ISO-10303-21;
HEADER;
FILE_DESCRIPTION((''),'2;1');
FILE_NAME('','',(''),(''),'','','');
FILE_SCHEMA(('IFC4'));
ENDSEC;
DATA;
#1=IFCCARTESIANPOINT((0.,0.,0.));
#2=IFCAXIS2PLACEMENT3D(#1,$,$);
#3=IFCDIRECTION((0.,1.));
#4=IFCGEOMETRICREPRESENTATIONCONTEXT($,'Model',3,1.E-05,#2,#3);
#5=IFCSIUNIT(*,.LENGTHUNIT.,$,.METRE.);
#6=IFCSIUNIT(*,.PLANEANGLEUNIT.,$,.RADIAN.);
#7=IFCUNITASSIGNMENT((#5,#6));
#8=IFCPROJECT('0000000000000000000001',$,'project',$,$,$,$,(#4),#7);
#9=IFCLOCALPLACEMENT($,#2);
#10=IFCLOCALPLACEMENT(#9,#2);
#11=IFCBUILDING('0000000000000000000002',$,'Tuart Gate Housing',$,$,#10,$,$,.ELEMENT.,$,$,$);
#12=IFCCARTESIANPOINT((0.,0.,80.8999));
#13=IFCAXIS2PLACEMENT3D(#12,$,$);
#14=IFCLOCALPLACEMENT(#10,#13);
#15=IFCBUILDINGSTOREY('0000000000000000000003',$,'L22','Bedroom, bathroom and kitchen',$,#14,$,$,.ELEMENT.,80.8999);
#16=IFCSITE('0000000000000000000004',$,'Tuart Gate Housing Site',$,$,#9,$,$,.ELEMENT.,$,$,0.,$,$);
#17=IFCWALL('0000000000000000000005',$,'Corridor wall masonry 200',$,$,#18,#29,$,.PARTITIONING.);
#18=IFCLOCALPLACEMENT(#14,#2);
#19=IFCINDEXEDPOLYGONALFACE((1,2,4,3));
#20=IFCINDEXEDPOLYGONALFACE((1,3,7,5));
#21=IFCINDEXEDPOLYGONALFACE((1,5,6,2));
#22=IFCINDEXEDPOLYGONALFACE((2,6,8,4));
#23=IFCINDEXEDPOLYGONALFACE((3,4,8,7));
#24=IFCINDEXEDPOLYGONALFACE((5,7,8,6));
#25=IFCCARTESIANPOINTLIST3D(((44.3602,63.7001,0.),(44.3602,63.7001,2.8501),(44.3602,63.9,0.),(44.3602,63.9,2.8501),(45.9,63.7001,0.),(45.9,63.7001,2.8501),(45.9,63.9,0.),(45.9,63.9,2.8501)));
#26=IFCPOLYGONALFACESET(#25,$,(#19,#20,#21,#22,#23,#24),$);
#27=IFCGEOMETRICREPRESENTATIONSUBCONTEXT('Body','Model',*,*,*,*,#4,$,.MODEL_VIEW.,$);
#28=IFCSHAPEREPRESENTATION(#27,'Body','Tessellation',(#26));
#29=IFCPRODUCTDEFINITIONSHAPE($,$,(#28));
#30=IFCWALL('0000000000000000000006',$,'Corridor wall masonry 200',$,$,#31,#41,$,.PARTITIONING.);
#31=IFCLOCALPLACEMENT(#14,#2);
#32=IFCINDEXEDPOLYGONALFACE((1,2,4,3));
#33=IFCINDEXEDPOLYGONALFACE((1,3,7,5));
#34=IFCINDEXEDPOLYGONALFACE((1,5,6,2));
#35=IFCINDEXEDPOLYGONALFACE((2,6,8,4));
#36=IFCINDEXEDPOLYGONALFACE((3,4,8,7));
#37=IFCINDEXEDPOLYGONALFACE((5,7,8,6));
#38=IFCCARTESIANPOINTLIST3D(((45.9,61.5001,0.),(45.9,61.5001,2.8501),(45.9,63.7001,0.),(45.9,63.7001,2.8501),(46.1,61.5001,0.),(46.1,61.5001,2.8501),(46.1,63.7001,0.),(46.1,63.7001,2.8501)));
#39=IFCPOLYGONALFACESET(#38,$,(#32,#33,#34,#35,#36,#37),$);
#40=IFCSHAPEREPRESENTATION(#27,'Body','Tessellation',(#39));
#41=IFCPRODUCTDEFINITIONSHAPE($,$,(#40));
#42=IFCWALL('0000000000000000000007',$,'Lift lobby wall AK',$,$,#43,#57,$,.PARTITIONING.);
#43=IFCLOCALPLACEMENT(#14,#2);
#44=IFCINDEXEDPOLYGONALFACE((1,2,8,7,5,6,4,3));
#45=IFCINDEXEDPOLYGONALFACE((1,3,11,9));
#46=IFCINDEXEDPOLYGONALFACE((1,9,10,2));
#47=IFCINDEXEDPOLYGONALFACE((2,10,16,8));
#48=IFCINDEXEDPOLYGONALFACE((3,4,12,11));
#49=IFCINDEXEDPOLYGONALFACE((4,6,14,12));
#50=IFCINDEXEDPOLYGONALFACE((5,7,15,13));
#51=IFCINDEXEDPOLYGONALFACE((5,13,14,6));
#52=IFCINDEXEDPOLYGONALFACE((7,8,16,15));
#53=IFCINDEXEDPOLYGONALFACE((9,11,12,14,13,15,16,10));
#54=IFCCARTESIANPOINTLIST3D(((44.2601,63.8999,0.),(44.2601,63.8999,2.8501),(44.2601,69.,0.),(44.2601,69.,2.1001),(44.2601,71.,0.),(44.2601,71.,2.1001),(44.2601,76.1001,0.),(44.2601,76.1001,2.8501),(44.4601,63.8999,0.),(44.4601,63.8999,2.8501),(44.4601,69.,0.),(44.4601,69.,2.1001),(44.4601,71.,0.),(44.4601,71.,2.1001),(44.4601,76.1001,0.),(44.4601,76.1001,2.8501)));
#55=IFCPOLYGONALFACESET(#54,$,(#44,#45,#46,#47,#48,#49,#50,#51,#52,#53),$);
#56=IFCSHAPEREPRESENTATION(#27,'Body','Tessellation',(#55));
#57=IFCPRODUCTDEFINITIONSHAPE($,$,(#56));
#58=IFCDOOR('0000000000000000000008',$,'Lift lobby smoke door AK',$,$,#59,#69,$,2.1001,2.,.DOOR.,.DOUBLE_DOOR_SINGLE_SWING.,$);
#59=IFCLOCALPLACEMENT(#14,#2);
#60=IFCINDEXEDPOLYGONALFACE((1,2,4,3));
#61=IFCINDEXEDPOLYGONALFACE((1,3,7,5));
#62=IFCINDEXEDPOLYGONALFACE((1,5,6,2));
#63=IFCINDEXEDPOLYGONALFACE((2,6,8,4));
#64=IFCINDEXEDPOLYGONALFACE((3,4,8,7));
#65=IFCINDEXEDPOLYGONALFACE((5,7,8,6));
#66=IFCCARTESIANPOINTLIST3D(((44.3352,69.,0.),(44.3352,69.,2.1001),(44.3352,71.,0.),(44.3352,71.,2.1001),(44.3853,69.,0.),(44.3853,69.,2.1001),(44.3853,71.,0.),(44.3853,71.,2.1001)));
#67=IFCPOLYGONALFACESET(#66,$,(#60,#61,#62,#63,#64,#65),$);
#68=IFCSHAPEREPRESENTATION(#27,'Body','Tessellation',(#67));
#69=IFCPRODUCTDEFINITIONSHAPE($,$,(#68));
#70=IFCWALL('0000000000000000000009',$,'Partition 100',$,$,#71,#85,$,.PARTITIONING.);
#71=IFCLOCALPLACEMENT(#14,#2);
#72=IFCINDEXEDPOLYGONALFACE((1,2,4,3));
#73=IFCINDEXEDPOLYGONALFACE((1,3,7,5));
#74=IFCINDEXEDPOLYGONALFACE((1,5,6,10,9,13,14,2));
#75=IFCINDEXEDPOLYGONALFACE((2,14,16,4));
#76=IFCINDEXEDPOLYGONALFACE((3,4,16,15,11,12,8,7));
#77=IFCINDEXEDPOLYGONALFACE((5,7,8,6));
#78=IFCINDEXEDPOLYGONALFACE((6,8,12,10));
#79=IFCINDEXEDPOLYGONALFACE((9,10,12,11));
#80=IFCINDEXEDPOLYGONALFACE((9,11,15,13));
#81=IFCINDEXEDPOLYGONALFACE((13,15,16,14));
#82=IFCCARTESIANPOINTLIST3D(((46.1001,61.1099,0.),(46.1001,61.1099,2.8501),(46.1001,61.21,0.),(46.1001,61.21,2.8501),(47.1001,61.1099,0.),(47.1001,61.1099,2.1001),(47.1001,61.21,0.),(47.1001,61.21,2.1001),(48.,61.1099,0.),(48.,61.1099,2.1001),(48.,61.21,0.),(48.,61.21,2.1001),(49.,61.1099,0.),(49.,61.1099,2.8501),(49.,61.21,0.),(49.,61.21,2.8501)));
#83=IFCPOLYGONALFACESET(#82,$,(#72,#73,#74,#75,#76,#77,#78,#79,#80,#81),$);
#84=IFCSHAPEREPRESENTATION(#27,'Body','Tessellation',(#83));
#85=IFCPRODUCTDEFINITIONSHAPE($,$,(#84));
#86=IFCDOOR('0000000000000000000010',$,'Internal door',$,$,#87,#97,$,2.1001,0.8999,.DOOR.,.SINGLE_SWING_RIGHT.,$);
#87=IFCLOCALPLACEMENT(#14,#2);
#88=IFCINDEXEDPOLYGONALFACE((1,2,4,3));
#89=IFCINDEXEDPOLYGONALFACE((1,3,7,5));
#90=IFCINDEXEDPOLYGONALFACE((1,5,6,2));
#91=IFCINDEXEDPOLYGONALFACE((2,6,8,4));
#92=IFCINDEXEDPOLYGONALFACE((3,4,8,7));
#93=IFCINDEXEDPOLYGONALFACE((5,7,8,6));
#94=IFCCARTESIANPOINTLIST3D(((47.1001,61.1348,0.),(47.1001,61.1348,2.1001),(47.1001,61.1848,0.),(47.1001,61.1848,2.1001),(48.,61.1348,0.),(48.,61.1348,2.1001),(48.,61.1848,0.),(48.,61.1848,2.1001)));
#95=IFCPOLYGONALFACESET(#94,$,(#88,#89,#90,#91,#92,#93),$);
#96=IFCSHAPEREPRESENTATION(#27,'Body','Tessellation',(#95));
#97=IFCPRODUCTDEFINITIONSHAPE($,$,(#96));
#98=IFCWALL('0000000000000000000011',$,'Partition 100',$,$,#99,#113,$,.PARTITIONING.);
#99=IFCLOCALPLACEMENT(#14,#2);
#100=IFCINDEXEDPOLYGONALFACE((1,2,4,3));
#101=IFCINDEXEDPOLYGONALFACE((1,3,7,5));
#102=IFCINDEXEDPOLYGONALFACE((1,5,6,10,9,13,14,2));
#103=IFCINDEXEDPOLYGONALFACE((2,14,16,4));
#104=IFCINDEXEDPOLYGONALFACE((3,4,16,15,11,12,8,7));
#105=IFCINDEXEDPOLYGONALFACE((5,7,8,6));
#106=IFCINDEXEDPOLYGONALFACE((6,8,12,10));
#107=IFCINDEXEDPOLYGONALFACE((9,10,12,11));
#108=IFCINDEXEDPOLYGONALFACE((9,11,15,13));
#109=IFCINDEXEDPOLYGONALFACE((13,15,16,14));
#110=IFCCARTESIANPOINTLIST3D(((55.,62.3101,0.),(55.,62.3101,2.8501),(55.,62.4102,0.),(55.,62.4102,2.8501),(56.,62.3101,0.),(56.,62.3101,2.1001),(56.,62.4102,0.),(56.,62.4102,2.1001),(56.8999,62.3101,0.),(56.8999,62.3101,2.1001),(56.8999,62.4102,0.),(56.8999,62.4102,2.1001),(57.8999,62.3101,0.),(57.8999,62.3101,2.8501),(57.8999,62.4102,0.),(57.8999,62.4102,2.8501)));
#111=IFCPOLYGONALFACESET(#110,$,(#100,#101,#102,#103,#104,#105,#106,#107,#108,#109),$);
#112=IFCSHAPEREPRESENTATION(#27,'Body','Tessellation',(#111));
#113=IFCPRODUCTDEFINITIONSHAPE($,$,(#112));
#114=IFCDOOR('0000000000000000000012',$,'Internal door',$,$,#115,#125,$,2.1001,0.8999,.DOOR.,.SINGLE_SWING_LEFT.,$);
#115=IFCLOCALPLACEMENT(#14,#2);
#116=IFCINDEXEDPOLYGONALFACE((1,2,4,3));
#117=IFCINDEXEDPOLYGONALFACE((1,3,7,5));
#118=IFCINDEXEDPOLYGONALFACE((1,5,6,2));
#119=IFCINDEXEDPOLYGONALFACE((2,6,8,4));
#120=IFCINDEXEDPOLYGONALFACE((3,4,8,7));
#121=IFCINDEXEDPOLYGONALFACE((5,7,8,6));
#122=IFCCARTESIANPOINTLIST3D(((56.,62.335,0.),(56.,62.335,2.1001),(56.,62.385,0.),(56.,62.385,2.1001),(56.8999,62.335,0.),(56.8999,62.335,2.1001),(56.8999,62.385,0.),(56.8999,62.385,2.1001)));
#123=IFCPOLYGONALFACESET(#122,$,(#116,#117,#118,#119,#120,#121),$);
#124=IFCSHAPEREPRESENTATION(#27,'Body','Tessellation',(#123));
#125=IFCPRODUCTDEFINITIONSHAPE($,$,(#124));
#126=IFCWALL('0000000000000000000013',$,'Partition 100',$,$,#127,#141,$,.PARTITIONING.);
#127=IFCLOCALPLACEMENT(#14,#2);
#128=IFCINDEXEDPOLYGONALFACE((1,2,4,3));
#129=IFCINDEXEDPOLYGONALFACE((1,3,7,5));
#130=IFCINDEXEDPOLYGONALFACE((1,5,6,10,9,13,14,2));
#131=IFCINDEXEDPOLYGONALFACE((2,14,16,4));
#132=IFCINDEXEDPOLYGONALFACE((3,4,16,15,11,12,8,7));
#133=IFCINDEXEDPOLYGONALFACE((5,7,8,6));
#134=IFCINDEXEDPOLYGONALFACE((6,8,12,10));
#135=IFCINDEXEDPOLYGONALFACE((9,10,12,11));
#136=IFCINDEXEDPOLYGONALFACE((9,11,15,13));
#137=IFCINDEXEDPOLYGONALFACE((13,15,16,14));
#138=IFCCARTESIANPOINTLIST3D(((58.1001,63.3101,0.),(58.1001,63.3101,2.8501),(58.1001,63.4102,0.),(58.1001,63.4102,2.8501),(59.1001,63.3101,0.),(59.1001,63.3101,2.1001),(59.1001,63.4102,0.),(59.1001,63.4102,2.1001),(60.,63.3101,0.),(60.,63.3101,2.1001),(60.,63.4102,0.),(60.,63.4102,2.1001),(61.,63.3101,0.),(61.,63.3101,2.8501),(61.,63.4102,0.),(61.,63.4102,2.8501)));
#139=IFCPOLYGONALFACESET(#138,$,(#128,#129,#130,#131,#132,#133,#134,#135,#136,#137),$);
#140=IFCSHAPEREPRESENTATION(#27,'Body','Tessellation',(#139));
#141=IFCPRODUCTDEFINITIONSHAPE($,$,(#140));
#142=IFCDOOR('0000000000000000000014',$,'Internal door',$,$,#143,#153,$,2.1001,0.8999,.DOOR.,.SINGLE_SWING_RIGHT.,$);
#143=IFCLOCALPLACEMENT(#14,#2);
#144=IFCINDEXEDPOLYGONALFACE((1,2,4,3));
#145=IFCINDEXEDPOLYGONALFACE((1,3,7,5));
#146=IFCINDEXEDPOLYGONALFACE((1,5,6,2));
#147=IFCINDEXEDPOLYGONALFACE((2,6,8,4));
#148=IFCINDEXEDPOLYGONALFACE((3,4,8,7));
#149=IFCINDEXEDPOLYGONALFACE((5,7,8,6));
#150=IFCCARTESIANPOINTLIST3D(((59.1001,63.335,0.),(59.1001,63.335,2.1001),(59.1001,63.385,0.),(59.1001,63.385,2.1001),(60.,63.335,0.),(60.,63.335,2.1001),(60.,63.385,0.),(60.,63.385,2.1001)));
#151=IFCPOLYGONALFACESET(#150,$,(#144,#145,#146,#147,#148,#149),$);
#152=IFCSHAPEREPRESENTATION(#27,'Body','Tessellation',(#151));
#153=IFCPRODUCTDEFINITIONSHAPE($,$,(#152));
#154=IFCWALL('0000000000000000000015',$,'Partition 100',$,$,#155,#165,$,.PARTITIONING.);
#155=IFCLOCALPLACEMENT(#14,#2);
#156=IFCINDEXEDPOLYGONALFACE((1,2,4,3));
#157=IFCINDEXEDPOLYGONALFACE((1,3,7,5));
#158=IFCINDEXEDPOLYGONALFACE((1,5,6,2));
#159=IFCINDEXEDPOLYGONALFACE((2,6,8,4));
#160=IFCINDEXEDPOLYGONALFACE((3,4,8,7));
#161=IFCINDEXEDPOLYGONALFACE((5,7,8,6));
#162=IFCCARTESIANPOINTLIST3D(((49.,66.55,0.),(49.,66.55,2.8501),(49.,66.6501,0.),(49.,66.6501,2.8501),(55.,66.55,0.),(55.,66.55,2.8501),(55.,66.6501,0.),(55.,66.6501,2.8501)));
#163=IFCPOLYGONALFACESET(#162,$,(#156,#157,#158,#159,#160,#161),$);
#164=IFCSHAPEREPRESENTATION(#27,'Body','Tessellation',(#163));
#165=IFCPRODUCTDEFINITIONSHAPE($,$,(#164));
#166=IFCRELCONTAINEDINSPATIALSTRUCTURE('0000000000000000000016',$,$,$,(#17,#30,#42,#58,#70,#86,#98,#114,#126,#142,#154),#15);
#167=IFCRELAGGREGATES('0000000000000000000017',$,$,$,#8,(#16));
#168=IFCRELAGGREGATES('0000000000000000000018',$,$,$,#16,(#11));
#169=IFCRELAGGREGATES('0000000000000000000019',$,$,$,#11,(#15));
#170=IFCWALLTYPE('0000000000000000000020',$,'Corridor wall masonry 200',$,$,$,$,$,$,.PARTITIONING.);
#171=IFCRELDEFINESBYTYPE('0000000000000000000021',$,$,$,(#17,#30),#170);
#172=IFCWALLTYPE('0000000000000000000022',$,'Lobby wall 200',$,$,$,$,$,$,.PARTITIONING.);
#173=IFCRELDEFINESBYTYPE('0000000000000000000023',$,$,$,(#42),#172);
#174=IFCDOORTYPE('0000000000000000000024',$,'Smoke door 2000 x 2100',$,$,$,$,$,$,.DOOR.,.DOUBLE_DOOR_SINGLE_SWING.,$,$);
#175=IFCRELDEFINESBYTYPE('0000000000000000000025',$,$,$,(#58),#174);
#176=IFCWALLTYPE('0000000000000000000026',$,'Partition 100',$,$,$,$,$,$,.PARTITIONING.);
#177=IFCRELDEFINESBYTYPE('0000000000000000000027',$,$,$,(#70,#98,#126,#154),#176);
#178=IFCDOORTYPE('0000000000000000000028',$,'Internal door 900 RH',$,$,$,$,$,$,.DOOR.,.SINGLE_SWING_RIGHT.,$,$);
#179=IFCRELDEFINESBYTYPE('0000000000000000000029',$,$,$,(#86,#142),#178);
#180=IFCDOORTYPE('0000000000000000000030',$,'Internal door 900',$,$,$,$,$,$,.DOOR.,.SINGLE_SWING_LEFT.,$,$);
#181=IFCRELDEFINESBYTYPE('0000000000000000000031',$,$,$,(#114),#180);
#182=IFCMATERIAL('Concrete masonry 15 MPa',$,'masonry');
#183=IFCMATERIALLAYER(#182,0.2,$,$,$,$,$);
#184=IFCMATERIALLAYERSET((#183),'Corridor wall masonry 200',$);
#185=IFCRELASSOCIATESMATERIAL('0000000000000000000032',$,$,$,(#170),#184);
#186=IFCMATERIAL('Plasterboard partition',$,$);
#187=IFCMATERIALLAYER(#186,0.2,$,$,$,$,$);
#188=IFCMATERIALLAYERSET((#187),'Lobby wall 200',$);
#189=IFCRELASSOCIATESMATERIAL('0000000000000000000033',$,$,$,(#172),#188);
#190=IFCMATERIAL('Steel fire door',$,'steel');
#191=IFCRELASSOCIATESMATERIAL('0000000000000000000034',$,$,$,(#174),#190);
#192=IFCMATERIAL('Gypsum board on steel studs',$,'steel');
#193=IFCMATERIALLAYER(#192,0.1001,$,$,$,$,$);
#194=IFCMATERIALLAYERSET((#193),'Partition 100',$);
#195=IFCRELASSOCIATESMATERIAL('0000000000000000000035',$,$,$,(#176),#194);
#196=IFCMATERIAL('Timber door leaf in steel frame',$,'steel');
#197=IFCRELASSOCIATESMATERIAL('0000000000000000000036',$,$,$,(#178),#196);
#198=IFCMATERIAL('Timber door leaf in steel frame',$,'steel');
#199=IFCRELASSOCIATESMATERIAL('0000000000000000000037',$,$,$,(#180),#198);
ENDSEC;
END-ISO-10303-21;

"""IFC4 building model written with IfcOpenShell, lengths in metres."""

from ifc_helpers import new_model, si_unit, direction, frame, frame_2d, origin, place, context, subcontext, project, spatial, rectangle, extrude, material, layer, layer_set, type_object, element, fill, save


model = new_model("IFC4")

# Units and contexts
model_context = context("Model", 3, precision=1e-05, world=origin(), true_north=direction((0.0, 1.0)))
body_context = subcontext(model_context, "Body", "Model", "MODEL_VIEW")
ifc_project = project(units=[si_unit("LENGTHUNIT", "METRE"), si_unit("PLANEANGLEUNIT", "RADIAN")], contexts=[model_context])

# Site, building, storey
site_placement = place(None, origin())
site = spatial("IfcSite", under=ifc_project, at=site_placement, Name="Tuart Gate Housing Site", CompositionType="ELEMENT", RefElevation=0.0)
building_placement = place(site_placement, origin())
building = spatial("IfcBuilding", under=site, at=building_placement, Name="Tuart Gate Housing", CompositionType="ELEMENT")
storey_placement = place(building_placement, frame((0.0, 0.0, 80.8999)))
storey = spatial("IfcBuildingStorey", under=building, at=storey_placement, Name="L22", Description="Bedroom, bathroom and kitchen", CompositionType="ELEMENT", Elevation=80.8999)

# Walls
ifc_material_1 = material(Name="Concrete masonry 15 MPa", Category="masonry")
ifc_layer_1 = layer(ifc_material_1, 0.2)
ifc_layer_set_1 = layer_set([ifc_layer_1], Name="Corridor wall masonry 200")
wall_type_1 = type_object("IfcWallType", Name="Corridor wall masonry 200", PredefinedType="PARTITIONING", material=ifc_layer_set_1)
wall_1_placement = place(storey_placement, frame((44.3601, 63.8, 0.0), z_axis=(0.0, 0.0, 1.0), x_axis=(1.0, 0.0, 0.0)))
element("IfcWall", 1, at=wall_1_placement, inside=storey, type_object=wall_type_1, Name="Corridor wall masonry 200", PredefinedType="PARTITIONING", context=body_context, shape_type="SweptSolid", body=[
    extrude(rectangle(XDim=1.5398, YDim=0.2, at=frame_2d((0.77, 0.0))), origin(), (0.0, 0.0, 1.0), 2.8501),
])
wall_2_placement = place(storey_placement, frame((46.0, 61.5, 0.0), z_axis=(0.0, 0.0, 1.0), x_axis=(0.0, 1.0, 0.0)))
element("IfcWall", 2, at=wall_2_placement, inside=storey, type_object=wall_type_1, Name="Corridor wall masonry 200", PredefinedType="PARTITIONING", context=body_context, shape_type="SweptSolid", body=[
    extrude(rectangle(XDim=2.2, YDim=0.2, at=frame_2d((1.1001, 0.0))), origin(), (0.0, 0.0, 1.0), 2.8501),
])

# Walls, openings, doors
ifc_material_2 = material(Name="Plasterboard partition")
ifc_layer_2 = layer(ifc_material_2, 0.2)
ifc_layer_set_2 = layer_set([ifc_layer_2], Name="Lobby wall 200")
wall_type_2 = type_object("IfcWallType", Name="Lobby wall 200", PredefinedType="PARTITIONING", material=ifc_layer_set_2)
wall_3_placement = place(storey_placement, frame((44.3601, 63.8999, 0.0), z_axis=(0.0, 0.0, 1.0), x_axis=(0.0, 1.0, 0.0)))
wall_3 = element("IfcWall", 3, at=wall_3_placement, inside=storey, type_object=wall_type_2, Name="Lift lobby wall AK", PredefinedType="PARTITIONING", context=body_context, shape_type="SweptSolid", body=[
    extrude(rectangle(XDim=12.2002, YDim=0.2, at=frame_2d((6.1001, 0.0))), origin(), (0.0, 0.0, 1.0), 2.8501),
])
opening_1_placement = place(wall_3_placement, frame((5.1001, 0.0, 0.0)))
opening_1 = element("IfcOpeningElement", 4, at=opening_1_placement, cuts=wall_3, PredefinedType="OPENING", context=body_context, shape_type="SweptSolid", body=[
    extrude(rectangle(XDim=2.0, YDim=2.1001, at=frame_2d((1.0, 1.05))), frame((0.0, 0.1099, 0.0), z_axis=(0.0, -1.0, 0.0), x_axis=(1.0, 0.0, 0.0)), (0.0, 0.0, 1.0), 0.22),
])
ifc_material_3 = material(Name="Steel fire door", Category="steel")
door_type_1 = type_object("IfcDoorType", Name="Smoke door 2000 x 2100", OperationType="DOUBLE_DOOR_SINGLE_SWING", PredefinedType="DOOR", material=ifc_material_3)
door_1_placement = place(opening_1_placement, origin())
door_1 = element("IfcDoor", 5, at=door_1_placement, inside=storey, type_object=door_type_1, Name="Lift lobby smoke door AK", OperationType="DOUBLE_DOOR_SINGLE_SWING", OverallHeight=2.1001, OverallWidth=2.0, PredefinedType="DOOR", context=body_context, shape_type="SweptSolid", body=[
    extrude(rectangle(XDim=2.0, YDim=2.1001, at=frame_2d((1.0, 1.05))), frame((0.0, 0.0249, 0.0), z_axis=(0.0, -1.0, 0.0), x_axis=(1.0, 0.0, 0.0)), (0.0, 0.0, 1.0), 0.05),
])
fill(opening_1, door_1)
ifc_material_4 = material(Name="Gypsum board on steel studs", Category="steel")
ifc_layer_3 = layer(ifc_material_4, 0.1001)
ifc_layer_set_3 = layer_set([ifc_layer_3], Name="Partition 100")
wall_type_3 = type_object("IfcWallType", Name="Partition 100", PredefinedType="PARTITIONING", material=ifc_layer_set_3)
wall_4_placement = place(storey_placement, frame((46.1001, 61.1599, 0.0), z_axis=(0.0, 0.0, 1.0), x_axis=(1.0, 0.0, 0.0)))
wall_4 = element("IfcWall", 6, at=wall_4_placement, inside=storey, type_object=wall_type_3, Name="Partition 100", PredefinedType="PARTITIONING", context=body_context, shape_type="SweptSolid", body=[
    extrude(rectangle(XDim=2.8999, YDim=0.1001, at=frame_2d((1.45, 0.0))), origin(), (0.0, 0.0, 1.0), 2.8501),
])
opening_2_placement = place(wall_4_placement, frame((1.0, 0.0, 0.0)))
opening_2 = element("IfcOpeningElement", 7, at=opening_2_placement, cuts=wall_4, PredefinedType="OPENING", context=body_context, shape_type="SweptSolid", body=[
    extrude(rectangle(XDim=0.8999, YDim=2.1001, at=frame_2d((0.45, 1.05))), frame((0.0, 0.0601, 0.0), z_axis=(0.0, -1.0, 0.0), x_axis=(1.0, 0.0, 0.0)), (0.0, 0.0, 1.0), 0.1201),
])
ifc_material_5 = material(Name="Timber door leaf in steel frame", Category="steel")
door_type_2 = type_object("IfcDoorType", Name="Internal door 900 RH", OperationType="SINGLE_SWING_RIGHT", PredefinedType="DOOR", material=ifc_material_5)
door_2_placement = place(opening_2_placement, origin())
door_2 = element("IfcDoor", 8, at=door_2_placement, inside=storey, type_object=door_type_2, Name="Internal door", OperationType="SINGLE_SWING_RIGHT", OverallHeight=2.1001, OverallWidth=0.8999, PredefinedType="DOOR", context=body_context, shape_type="SweptSolid", body=[
    extrude(rectangle(XDim=0.8999, YDim=2.1001, at=frame_2d((0.45, 1.05))), frame((0.0, 0.0249, 0.0), z_axis=(0.0, -1.0, 0.0), x_axis=(1.0, 0.0, 0.0)), (0.0, 0.0, 1.0), 0.05),
])
fill(opening_2, door_2)
wall_5_placement = place(storey_placement, frame((55.0, 62.3601, 0.0), z_axis=(0.0, 0.0, 1.0), x_axis=(1.0, 0.0, 0.0)))
wall_5 = element("IfcWall", 9, at=wall_5_placement, inside=storey, type_object=wall_type_3, Name="Partition 100", PredefinedType="PARTITIONING", context=body_context, shape_type="SweptSolid", body=[
    extrude(rectangle(XDim=2.8999, YDim=0.1001, at=frame_2d((1.45, 0.0))), origin(), (0.0, 0.0, 1.0), 2.8501),
])
opening_3_placement = place(wall_5_placement, frame((1.0, 0.0, 0.0)))
opening_3 = element("IfcOpeningElement", 10, at=opening_3_placement, cuts=wall_5, PredefinedType="OPENING", context=body_context, shape_type="SweptSolid", body=[
    extrude(rectangle(XDim=0.8999, YDim=2.1001, at=frame_2d((0.45, 1.05))), frame((0.0, 0.0601, 0.0), z_axis=(0.0, -1.0, 0.0), x_axis=(1.0, 0.0, 0.0)), (0.0, 0.0, 1.0), 0.1201),
])
ifc_material_6 = material(Name="Timber door leaf in steel frame", Category="steel")
door_type_3 = type_object("IfcDoorType", Name="Internal door 900", OperationType="SINGLE_SWING_LEFT", PredefinedType="DOOR", material=ifc_material_6)
door_3_placement = place(opening_3_placement, origin())
door_3 = element("IfcDoor", 11, at=door_3_placement, inside=storey, type_object=door_type_3, Name="Internal door", OperationType="SINGLE_SWING_LEFT", OverallHeight=2.1001, OverallWidth=0.8999, PredefinedType="DOOR", context=body_context, shape_type="SweptSolid", body=[
    extrude(rectangle(XDim=0.8999, YDim=2.1001, at=frame_2d((0.45, 1.05))), frame((0.0, 0.0249, 0.0), z_axis=(0.0, -1.0, 0.0), x_axis=(1.0, 0.0, 0.0)), (0.0, 0.0, 1.0), 0.05),
])
fill(opening_3, door_3)
wall_6_placement = place(storey_placement, frame((58.1001, 63.3601, 0.0), z_axis=(0.0, 0.0, 1.0), x_axis=(1.0, 0.0, 0.0)))
wall_6 = element("IfcWall", 12, at=wall_6_placement, inside=storey, type_object=wall_type_3, Name="Partition 100", PredefinedType="PARTITIONING", context=body_context, shape_type="SweptSolid", body=[
    extrude(rectangle(XDim=2.8999, YDim=0.1001, at=frame_2d((1.45, 0.0))), origin(), (0.0, 0.0, 1.0), 2.8501),
])
opening_4_placement = place(wall_6_placement, frame((1.0, 0.0, 0.0)))
opening_4 = element("IfcOpeningElement", 13, at=opening_4_placement, cuts=wall_6, PredefinedType="OPENING", context=body_context, shape_type="SweptSolid", body=[
    extrude(rectangle(XDim=0.8999, YDim=2.1001, at=frame_2d((0.45, 1.05))), frame((0.0, 0.0601, 0.0), z_axis=(0.0, -1.0, 0.0), x_axis=(1.0, 0.0, 0.0)), (0.0, 0.0, 1.0), 0.1201),
])
door_4_placement = place(opening_4_placement, origin())
door_4 = element("IfcDoor", 14, at=door_4_placement, inside=storey, type_object=door_type_2, Name="Internal door", OperationType="SINGLE_SWING_RIGHT", OverallHeight=2.1001, OverallWidth=0.8999, PredefinedType="DOOR", context=body_context, shape_type="SweptSolid", body=[
    extrude(rectangle(XDim=0.8999, YDim=2.1001, at=frame_2d((0.45, 1.05))), frame((0.0, 0.0249, 0.0), z_axis=(0.0, -1.0, 0.0), x_axis=(1.0, 0.0, 0.0)), (0.0, 0.0, 1.0), 0.05),
])
fill(opening_4, door_4)

# Wall
wall_7_placement = place(storey_placement, frame((49.0, 66.6001, 0.0), z_axis=(0.0, 0.0, 1.0), x_axis=(1.0, 0.0, 0.0)))
element("IfcWall", 15, at=wall_7_placement, inside=storey, type_object=wall_type_3, Name="Partition 100", PredefinedType="PARTITIONING", context=body_context, shape_type="SweptSolid", body=[
    extrude(rectangle(XDim=6.0, YDim=0.1001, at=frame_2d((3.0, 0.0))), origin(), (0.0, 0.0, 1.0), 2.8501),
])

save(model, "model.ifc")
